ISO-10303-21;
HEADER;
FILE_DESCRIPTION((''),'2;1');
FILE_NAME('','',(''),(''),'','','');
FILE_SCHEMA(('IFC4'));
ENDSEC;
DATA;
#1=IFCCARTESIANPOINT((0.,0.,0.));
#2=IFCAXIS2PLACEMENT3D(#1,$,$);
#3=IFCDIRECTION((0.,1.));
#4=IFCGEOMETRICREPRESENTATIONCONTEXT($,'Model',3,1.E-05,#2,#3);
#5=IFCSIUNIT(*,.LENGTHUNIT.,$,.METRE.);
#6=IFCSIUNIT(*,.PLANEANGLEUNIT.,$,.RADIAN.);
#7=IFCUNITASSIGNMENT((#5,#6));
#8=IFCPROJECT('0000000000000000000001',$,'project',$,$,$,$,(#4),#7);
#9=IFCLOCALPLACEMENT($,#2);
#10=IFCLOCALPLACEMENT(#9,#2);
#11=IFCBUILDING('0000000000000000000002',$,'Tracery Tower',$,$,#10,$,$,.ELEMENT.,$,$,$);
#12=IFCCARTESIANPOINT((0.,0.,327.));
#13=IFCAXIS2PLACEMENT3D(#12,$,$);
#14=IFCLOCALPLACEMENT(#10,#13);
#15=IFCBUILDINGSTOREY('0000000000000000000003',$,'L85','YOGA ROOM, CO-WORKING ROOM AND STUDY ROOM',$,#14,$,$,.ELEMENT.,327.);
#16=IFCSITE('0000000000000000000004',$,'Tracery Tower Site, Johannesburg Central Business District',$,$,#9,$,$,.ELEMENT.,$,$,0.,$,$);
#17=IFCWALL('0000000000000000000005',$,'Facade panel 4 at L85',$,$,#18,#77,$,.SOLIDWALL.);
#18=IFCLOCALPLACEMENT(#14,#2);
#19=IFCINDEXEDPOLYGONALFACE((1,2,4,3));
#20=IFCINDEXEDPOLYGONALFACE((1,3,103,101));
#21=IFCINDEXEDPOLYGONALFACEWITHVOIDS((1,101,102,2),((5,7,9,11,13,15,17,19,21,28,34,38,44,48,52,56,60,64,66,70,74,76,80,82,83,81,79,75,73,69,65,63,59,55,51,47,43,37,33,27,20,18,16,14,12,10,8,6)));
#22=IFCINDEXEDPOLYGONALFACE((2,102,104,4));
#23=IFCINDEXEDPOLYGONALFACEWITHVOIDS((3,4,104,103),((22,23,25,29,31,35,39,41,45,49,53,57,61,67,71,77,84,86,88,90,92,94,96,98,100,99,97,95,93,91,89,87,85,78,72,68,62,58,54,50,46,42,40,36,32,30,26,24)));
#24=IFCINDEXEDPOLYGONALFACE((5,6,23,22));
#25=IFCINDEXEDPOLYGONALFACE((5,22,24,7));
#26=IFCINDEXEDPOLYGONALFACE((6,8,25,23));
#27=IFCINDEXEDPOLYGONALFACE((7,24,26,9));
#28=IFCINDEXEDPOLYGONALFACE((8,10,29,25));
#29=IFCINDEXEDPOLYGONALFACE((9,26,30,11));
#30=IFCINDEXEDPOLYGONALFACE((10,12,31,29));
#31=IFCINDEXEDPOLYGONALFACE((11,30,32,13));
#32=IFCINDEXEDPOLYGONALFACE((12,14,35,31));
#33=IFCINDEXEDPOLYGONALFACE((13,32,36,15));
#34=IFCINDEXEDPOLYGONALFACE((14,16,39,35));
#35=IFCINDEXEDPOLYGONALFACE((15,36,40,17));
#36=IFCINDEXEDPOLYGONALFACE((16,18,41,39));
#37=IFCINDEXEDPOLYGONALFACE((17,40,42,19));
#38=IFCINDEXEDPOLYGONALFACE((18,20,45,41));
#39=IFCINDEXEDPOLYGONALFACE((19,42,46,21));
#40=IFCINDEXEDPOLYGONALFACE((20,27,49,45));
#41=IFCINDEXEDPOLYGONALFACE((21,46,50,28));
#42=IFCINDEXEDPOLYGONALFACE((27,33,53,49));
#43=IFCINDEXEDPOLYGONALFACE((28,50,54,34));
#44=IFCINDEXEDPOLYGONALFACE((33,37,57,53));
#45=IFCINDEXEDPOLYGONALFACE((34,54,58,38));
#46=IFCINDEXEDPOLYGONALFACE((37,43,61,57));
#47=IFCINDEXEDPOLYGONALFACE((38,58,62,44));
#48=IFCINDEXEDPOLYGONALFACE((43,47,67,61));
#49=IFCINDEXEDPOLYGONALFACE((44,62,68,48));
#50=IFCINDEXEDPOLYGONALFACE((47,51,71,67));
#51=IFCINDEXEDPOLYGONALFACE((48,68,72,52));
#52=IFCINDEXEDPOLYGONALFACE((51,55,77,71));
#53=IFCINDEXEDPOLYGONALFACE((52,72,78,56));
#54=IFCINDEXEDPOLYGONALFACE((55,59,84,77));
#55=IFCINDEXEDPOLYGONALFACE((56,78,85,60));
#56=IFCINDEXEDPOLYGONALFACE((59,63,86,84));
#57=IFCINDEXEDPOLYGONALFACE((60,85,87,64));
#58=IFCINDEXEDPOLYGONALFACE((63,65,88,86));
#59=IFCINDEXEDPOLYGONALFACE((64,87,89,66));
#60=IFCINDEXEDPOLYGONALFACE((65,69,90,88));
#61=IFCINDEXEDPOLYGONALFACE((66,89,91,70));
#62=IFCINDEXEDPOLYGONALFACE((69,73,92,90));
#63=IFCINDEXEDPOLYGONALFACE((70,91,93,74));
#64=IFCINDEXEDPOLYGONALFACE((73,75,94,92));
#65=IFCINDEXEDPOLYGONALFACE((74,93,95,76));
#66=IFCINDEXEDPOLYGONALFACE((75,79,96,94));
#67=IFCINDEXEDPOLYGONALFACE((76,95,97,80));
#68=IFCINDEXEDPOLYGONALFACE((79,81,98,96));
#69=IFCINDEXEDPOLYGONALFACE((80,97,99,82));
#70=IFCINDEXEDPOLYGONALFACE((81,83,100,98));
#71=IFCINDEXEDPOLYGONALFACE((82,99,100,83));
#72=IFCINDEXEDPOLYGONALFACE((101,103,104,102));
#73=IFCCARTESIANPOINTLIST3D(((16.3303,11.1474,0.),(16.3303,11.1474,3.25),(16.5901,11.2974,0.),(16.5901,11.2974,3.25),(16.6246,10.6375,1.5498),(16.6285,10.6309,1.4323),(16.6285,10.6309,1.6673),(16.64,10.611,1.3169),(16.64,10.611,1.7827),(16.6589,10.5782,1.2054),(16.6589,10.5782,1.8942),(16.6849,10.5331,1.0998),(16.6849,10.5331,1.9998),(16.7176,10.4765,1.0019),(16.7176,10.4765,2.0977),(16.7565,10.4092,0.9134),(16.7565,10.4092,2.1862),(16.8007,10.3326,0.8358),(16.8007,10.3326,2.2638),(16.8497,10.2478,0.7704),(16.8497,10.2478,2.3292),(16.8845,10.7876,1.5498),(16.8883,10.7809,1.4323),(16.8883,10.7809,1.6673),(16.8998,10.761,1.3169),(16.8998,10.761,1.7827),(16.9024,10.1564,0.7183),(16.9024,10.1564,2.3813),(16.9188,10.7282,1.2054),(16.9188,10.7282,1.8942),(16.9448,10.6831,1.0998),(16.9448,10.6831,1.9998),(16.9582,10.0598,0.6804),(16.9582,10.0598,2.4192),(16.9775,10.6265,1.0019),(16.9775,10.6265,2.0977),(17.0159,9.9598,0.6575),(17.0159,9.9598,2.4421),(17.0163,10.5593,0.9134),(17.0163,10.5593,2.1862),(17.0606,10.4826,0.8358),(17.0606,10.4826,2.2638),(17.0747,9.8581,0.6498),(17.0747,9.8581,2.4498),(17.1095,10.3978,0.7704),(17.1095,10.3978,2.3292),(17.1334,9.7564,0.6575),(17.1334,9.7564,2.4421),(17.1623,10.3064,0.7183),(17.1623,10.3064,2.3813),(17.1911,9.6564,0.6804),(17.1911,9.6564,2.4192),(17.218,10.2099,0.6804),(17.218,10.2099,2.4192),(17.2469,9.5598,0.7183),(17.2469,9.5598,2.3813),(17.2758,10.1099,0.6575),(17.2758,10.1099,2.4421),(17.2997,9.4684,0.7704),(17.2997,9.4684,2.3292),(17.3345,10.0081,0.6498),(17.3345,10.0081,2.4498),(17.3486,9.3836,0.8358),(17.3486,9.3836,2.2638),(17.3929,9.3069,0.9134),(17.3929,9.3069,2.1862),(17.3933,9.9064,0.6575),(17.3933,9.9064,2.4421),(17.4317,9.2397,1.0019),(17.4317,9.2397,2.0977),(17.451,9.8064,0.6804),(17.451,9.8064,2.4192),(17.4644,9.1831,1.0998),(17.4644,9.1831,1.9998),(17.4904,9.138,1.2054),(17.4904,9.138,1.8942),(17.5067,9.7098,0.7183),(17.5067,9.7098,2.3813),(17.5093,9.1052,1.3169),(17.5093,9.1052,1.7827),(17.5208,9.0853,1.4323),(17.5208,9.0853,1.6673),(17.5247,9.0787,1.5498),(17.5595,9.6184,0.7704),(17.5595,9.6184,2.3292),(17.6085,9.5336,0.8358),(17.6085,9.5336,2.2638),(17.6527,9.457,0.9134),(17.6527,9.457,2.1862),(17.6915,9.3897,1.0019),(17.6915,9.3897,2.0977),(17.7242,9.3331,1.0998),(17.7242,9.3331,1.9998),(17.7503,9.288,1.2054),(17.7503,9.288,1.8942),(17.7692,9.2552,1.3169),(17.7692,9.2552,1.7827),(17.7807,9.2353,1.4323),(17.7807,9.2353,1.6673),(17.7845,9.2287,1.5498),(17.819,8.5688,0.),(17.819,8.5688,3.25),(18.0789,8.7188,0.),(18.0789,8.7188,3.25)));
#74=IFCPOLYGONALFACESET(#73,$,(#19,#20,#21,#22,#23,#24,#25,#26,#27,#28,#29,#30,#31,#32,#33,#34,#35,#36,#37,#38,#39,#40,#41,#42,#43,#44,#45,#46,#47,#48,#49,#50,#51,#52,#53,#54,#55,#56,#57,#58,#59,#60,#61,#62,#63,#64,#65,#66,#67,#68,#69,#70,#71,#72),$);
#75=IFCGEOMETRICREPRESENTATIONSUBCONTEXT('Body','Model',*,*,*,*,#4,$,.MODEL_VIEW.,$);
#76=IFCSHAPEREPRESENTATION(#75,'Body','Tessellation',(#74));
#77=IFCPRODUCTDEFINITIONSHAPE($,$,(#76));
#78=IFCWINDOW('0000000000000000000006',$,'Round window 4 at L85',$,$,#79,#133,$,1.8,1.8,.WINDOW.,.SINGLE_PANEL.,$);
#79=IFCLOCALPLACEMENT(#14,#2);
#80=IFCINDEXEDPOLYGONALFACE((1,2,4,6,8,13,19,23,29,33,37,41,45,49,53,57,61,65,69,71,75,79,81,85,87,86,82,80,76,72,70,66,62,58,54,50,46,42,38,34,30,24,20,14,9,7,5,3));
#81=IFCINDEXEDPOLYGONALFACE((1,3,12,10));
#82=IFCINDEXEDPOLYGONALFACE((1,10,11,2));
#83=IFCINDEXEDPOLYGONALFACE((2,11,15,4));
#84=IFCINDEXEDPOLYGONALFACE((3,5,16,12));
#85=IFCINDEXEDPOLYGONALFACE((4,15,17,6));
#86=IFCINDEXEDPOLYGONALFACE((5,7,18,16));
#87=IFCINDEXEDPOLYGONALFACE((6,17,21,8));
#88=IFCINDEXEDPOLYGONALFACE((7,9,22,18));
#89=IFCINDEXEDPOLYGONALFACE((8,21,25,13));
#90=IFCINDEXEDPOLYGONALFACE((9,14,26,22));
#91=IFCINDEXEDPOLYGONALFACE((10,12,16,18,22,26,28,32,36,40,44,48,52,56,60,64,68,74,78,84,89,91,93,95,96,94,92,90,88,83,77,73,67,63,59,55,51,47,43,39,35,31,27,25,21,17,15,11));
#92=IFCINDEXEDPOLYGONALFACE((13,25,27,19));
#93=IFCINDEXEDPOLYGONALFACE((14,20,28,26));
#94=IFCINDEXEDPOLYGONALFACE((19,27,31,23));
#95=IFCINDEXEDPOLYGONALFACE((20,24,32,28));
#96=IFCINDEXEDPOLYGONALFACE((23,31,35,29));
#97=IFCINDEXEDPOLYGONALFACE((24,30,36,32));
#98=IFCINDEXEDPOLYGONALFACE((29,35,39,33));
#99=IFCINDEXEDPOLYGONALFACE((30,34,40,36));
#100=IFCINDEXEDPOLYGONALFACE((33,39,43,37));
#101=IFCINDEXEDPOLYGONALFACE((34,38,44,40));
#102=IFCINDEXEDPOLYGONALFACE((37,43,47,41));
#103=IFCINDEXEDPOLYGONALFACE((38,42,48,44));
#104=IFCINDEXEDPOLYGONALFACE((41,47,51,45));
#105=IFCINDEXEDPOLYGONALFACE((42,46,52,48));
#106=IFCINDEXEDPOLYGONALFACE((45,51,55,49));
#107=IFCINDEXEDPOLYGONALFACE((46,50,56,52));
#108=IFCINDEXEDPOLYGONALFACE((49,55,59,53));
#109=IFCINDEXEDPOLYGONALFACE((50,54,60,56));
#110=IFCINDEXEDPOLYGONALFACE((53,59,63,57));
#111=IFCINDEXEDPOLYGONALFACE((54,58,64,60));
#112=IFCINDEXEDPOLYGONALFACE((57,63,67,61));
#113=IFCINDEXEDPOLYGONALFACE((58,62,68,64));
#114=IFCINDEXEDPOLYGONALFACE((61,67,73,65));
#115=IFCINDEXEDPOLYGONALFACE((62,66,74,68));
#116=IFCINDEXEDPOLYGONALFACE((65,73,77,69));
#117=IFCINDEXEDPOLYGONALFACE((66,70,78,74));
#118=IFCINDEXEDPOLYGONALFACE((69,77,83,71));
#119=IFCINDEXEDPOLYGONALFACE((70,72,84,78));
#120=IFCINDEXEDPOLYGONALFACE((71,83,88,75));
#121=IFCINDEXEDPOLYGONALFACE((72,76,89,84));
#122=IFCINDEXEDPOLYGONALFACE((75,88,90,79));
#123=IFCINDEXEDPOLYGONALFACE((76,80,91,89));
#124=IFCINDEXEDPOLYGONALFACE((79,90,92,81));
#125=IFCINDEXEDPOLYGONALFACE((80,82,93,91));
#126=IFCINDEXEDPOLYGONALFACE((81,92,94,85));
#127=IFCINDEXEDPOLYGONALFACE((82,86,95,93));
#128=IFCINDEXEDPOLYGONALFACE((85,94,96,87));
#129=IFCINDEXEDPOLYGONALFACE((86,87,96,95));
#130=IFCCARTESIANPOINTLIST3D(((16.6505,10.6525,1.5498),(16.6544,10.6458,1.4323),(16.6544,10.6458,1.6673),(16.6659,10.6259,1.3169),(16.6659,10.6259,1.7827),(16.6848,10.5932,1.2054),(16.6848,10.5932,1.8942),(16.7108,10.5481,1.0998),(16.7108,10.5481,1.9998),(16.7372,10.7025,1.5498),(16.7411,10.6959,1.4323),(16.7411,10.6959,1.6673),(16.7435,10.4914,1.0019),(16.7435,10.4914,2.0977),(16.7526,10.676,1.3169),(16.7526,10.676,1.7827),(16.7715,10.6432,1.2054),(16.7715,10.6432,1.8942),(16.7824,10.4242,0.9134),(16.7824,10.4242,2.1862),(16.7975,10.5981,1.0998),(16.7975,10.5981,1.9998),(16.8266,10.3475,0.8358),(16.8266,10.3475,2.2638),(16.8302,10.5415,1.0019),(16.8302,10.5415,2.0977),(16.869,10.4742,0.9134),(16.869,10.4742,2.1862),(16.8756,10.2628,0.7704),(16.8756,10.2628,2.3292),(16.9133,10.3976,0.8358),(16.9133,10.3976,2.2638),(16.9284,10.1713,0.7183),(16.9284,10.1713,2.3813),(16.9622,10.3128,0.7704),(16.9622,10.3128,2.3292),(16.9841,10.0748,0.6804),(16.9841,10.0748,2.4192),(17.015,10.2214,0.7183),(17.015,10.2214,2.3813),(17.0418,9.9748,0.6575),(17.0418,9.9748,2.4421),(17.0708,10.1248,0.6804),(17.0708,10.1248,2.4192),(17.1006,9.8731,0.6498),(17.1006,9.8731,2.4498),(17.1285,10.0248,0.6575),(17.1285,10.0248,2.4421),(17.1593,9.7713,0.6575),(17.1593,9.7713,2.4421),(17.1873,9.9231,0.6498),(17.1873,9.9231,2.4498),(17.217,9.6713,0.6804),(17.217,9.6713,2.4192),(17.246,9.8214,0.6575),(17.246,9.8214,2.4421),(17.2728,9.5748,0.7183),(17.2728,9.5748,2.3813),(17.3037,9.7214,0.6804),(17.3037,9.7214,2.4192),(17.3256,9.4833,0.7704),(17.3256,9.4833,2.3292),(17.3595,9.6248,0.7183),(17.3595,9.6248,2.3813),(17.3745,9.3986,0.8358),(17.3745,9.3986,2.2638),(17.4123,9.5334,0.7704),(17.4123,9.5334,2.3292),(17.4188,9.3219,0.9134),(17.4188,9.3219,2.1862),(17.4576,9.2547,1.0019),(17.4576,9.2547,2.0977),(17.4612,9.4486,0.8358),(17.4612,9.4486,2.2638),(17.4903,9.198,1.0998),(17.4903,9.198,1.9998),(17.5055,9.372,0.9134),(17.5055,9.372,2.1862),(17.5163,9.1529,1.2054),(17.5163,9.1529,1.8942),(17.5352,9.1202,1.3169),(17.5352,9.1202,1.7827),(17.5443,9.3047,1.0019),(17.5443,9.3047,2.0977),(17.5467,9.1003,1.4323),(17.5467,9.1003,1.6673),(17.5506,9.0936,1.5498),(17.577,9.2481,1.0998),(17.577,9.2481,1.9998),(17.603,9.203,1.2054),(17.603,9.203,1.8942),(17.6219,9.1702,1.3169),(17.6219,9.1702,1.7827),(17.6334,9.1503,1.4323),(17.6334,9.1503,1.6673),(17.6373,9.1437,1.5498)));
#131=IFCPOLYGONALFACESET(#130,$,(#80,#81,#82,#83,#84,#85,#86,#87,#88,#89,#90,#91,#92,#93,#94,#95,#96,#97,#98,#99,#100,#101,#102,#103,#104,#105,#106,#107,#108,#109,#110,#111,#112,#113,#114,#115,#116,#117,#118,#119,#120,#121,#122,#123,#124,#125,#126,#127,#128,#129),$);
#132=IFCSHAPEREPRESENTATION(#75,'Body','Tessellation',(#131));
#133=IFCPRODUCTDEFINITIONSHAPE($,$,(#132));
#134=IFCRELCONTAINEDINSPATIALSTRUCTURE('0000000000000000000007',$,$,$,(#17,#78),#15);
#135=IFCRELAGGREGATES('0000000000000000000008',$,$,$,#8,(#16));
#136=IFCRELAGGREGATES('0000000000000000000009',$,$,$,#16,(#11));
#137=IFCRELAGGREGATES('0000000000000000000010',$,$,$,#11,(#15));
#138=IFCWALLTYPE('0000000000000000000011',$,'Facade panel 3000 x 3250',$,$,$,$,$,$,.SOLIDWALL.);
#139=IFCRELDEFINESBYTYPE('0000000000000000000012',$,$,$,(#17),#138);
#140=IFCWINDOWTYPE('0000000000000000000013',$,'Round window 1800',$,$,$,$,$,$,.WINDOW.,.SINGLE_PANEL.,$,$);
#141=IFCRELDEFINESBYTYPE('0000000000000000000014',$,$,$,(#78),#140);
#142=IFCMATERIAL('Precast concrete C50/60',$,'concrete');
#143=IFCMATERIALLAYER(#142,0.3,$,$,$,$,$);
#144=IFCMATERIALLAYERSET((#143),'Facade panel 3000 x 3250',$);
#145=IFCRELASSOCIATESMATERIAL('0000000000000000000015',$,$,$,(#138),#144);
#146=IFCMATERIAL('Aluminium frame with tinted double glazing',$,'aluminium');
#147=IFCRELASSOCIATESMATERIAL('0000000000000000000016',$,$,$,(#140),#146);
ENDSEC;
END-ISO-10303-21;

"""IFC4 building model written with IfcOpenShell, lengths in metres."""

from ifc_helpers import new_model, si_unit, direction, frame, frame_2d, origin, origin_2d, place, context, subcontext, project, spatial, rectangle, circle, extrude, material, layer, layer_set, type_object, element, fill, save


model = new_model("IFC4")

# Units and contexts
model_context = context("Model", 3, precision=1e-05, world=origin(), true_north=direction((0.0, 1.0)))
body_context = subcontext(model_context, "Body", "Model", "MODEL_VIEW")
ifc_project = project(units=[si_unit("LENGTHUNIT", "METRE"), si_unit("PLANEANGLEUNIT", "RADIAN")], contexts=[model_context])

# Site, building, storey
site_placement = place(None, origin())
site = spatial("IfcSite", under=ifc_project, at=site_placement, Name="Tracery Tower Site, Johannesburg Central Business District", CompositionType="ELEMENT", RefElevation=0.0)
building_placement = place(site_placement, origin())
building = spatial("IfcBuilding", under=site, at=building_placement, Name="Tracery Tower", CompositionType="ELEMENT")
storey_placement = place(building_placement, frame((0.0, 0.0, 327.0)))
storey = spatial("IfcBuildingStorey", under=building, at=storey_placement, Name="L85", Description="YOGA ROOM, CO-WORKING ROOM AND STUDY ROOM", CompositionType="ELEMENT", Elevation=327.0)

# Wall, opening, window
ifc_material_1 = material(Name="Precast concrete C50/60", Category="concrete")
ifc_layer_1 = layer(ifc_material_1, 0.3)
ifc_layer_set_1 = layer_set([ifc_layer_1], Name="Facade panel 3000 x 3250")
wall_type_1 = type_object("IfcWallType", Name="Facade panel 3000 x 3250", PredefinedType="SOLIDWALL", material=ifc_layer_set_1)
ifc_material_2 = material(Name="Aluminium frame with tinted double glazing", Category="aluminium")
window_type = type_object("IfcWindowType", Name="Round window 1800", PartitioningType="SINGLE_PANEL", PredefinedType="WINDOW", material=ifc_material_2)
wall_1_placement = place(storey_placement, frame((17.949, 8.6438, 0.0), z_axis=(0.0, 0.0, 1.0), x_axis=(-0.500002, 0.866024, 0.0)))
wall_1 = element("IfcWall", 1, at=wall_1_placement, inside=storey, type_object=wall_type_1, Name="Facade panel 4 at L85", PredefinedType="SOLIDWALL", context=body_context, shape_type="SweptSolid", body=[
    extrude(rectangle(XDim=2.9775, YDim=0.3, at=frame_2d((1.4888, 0.0))), origin(), (0.0, 0.0, 1.0), 3.25),
])
opening_1_placement = place(wall_1_placement, frame((1.4888, 0.0, 1.5498)))
opening_1 = element("IfcOpeningElement", 2, at=opening_1_placement, cuts=wall_1, PredefinedType="OPENING", context=body_context, shape_type="SweptSolid", body=[
    extrude(circle(Radius=0.9, at=origin_2d()), frame((0.0, 0.1599, 0.0), z_axis=(0.0, -1.0, 0.0), x_axis=(1.0, 0.0, 0.0)), (0.0, 0.0, 1.0), 0.3201),
])
window_1_placement = place(opening_1_placement, origin())
window_1 = element("IfcWindow", 3, at=window_1_placement, inside=storey, type_object=window_type, Name="Round window 4 at L85", OverallHeight=1.8, OverallWidth=1.8, PartitioningType="SINGLE_PANEL", PredefinedType="WINDOW", context=body_context, shape_type="SweptSolid", body=[
    extrude(circle(Radius=0.9, at=origin_2d()), frame((0.0, 0.1201, 0.0), z_axis=(0.0, -1.0, 0.0), x_axis=(1.0, 0.0, 0.0)), (0.0, 0.0, 1.0), 0.1001),
])
fill(opening_1, window_1)

save(model, "model.ifc")
